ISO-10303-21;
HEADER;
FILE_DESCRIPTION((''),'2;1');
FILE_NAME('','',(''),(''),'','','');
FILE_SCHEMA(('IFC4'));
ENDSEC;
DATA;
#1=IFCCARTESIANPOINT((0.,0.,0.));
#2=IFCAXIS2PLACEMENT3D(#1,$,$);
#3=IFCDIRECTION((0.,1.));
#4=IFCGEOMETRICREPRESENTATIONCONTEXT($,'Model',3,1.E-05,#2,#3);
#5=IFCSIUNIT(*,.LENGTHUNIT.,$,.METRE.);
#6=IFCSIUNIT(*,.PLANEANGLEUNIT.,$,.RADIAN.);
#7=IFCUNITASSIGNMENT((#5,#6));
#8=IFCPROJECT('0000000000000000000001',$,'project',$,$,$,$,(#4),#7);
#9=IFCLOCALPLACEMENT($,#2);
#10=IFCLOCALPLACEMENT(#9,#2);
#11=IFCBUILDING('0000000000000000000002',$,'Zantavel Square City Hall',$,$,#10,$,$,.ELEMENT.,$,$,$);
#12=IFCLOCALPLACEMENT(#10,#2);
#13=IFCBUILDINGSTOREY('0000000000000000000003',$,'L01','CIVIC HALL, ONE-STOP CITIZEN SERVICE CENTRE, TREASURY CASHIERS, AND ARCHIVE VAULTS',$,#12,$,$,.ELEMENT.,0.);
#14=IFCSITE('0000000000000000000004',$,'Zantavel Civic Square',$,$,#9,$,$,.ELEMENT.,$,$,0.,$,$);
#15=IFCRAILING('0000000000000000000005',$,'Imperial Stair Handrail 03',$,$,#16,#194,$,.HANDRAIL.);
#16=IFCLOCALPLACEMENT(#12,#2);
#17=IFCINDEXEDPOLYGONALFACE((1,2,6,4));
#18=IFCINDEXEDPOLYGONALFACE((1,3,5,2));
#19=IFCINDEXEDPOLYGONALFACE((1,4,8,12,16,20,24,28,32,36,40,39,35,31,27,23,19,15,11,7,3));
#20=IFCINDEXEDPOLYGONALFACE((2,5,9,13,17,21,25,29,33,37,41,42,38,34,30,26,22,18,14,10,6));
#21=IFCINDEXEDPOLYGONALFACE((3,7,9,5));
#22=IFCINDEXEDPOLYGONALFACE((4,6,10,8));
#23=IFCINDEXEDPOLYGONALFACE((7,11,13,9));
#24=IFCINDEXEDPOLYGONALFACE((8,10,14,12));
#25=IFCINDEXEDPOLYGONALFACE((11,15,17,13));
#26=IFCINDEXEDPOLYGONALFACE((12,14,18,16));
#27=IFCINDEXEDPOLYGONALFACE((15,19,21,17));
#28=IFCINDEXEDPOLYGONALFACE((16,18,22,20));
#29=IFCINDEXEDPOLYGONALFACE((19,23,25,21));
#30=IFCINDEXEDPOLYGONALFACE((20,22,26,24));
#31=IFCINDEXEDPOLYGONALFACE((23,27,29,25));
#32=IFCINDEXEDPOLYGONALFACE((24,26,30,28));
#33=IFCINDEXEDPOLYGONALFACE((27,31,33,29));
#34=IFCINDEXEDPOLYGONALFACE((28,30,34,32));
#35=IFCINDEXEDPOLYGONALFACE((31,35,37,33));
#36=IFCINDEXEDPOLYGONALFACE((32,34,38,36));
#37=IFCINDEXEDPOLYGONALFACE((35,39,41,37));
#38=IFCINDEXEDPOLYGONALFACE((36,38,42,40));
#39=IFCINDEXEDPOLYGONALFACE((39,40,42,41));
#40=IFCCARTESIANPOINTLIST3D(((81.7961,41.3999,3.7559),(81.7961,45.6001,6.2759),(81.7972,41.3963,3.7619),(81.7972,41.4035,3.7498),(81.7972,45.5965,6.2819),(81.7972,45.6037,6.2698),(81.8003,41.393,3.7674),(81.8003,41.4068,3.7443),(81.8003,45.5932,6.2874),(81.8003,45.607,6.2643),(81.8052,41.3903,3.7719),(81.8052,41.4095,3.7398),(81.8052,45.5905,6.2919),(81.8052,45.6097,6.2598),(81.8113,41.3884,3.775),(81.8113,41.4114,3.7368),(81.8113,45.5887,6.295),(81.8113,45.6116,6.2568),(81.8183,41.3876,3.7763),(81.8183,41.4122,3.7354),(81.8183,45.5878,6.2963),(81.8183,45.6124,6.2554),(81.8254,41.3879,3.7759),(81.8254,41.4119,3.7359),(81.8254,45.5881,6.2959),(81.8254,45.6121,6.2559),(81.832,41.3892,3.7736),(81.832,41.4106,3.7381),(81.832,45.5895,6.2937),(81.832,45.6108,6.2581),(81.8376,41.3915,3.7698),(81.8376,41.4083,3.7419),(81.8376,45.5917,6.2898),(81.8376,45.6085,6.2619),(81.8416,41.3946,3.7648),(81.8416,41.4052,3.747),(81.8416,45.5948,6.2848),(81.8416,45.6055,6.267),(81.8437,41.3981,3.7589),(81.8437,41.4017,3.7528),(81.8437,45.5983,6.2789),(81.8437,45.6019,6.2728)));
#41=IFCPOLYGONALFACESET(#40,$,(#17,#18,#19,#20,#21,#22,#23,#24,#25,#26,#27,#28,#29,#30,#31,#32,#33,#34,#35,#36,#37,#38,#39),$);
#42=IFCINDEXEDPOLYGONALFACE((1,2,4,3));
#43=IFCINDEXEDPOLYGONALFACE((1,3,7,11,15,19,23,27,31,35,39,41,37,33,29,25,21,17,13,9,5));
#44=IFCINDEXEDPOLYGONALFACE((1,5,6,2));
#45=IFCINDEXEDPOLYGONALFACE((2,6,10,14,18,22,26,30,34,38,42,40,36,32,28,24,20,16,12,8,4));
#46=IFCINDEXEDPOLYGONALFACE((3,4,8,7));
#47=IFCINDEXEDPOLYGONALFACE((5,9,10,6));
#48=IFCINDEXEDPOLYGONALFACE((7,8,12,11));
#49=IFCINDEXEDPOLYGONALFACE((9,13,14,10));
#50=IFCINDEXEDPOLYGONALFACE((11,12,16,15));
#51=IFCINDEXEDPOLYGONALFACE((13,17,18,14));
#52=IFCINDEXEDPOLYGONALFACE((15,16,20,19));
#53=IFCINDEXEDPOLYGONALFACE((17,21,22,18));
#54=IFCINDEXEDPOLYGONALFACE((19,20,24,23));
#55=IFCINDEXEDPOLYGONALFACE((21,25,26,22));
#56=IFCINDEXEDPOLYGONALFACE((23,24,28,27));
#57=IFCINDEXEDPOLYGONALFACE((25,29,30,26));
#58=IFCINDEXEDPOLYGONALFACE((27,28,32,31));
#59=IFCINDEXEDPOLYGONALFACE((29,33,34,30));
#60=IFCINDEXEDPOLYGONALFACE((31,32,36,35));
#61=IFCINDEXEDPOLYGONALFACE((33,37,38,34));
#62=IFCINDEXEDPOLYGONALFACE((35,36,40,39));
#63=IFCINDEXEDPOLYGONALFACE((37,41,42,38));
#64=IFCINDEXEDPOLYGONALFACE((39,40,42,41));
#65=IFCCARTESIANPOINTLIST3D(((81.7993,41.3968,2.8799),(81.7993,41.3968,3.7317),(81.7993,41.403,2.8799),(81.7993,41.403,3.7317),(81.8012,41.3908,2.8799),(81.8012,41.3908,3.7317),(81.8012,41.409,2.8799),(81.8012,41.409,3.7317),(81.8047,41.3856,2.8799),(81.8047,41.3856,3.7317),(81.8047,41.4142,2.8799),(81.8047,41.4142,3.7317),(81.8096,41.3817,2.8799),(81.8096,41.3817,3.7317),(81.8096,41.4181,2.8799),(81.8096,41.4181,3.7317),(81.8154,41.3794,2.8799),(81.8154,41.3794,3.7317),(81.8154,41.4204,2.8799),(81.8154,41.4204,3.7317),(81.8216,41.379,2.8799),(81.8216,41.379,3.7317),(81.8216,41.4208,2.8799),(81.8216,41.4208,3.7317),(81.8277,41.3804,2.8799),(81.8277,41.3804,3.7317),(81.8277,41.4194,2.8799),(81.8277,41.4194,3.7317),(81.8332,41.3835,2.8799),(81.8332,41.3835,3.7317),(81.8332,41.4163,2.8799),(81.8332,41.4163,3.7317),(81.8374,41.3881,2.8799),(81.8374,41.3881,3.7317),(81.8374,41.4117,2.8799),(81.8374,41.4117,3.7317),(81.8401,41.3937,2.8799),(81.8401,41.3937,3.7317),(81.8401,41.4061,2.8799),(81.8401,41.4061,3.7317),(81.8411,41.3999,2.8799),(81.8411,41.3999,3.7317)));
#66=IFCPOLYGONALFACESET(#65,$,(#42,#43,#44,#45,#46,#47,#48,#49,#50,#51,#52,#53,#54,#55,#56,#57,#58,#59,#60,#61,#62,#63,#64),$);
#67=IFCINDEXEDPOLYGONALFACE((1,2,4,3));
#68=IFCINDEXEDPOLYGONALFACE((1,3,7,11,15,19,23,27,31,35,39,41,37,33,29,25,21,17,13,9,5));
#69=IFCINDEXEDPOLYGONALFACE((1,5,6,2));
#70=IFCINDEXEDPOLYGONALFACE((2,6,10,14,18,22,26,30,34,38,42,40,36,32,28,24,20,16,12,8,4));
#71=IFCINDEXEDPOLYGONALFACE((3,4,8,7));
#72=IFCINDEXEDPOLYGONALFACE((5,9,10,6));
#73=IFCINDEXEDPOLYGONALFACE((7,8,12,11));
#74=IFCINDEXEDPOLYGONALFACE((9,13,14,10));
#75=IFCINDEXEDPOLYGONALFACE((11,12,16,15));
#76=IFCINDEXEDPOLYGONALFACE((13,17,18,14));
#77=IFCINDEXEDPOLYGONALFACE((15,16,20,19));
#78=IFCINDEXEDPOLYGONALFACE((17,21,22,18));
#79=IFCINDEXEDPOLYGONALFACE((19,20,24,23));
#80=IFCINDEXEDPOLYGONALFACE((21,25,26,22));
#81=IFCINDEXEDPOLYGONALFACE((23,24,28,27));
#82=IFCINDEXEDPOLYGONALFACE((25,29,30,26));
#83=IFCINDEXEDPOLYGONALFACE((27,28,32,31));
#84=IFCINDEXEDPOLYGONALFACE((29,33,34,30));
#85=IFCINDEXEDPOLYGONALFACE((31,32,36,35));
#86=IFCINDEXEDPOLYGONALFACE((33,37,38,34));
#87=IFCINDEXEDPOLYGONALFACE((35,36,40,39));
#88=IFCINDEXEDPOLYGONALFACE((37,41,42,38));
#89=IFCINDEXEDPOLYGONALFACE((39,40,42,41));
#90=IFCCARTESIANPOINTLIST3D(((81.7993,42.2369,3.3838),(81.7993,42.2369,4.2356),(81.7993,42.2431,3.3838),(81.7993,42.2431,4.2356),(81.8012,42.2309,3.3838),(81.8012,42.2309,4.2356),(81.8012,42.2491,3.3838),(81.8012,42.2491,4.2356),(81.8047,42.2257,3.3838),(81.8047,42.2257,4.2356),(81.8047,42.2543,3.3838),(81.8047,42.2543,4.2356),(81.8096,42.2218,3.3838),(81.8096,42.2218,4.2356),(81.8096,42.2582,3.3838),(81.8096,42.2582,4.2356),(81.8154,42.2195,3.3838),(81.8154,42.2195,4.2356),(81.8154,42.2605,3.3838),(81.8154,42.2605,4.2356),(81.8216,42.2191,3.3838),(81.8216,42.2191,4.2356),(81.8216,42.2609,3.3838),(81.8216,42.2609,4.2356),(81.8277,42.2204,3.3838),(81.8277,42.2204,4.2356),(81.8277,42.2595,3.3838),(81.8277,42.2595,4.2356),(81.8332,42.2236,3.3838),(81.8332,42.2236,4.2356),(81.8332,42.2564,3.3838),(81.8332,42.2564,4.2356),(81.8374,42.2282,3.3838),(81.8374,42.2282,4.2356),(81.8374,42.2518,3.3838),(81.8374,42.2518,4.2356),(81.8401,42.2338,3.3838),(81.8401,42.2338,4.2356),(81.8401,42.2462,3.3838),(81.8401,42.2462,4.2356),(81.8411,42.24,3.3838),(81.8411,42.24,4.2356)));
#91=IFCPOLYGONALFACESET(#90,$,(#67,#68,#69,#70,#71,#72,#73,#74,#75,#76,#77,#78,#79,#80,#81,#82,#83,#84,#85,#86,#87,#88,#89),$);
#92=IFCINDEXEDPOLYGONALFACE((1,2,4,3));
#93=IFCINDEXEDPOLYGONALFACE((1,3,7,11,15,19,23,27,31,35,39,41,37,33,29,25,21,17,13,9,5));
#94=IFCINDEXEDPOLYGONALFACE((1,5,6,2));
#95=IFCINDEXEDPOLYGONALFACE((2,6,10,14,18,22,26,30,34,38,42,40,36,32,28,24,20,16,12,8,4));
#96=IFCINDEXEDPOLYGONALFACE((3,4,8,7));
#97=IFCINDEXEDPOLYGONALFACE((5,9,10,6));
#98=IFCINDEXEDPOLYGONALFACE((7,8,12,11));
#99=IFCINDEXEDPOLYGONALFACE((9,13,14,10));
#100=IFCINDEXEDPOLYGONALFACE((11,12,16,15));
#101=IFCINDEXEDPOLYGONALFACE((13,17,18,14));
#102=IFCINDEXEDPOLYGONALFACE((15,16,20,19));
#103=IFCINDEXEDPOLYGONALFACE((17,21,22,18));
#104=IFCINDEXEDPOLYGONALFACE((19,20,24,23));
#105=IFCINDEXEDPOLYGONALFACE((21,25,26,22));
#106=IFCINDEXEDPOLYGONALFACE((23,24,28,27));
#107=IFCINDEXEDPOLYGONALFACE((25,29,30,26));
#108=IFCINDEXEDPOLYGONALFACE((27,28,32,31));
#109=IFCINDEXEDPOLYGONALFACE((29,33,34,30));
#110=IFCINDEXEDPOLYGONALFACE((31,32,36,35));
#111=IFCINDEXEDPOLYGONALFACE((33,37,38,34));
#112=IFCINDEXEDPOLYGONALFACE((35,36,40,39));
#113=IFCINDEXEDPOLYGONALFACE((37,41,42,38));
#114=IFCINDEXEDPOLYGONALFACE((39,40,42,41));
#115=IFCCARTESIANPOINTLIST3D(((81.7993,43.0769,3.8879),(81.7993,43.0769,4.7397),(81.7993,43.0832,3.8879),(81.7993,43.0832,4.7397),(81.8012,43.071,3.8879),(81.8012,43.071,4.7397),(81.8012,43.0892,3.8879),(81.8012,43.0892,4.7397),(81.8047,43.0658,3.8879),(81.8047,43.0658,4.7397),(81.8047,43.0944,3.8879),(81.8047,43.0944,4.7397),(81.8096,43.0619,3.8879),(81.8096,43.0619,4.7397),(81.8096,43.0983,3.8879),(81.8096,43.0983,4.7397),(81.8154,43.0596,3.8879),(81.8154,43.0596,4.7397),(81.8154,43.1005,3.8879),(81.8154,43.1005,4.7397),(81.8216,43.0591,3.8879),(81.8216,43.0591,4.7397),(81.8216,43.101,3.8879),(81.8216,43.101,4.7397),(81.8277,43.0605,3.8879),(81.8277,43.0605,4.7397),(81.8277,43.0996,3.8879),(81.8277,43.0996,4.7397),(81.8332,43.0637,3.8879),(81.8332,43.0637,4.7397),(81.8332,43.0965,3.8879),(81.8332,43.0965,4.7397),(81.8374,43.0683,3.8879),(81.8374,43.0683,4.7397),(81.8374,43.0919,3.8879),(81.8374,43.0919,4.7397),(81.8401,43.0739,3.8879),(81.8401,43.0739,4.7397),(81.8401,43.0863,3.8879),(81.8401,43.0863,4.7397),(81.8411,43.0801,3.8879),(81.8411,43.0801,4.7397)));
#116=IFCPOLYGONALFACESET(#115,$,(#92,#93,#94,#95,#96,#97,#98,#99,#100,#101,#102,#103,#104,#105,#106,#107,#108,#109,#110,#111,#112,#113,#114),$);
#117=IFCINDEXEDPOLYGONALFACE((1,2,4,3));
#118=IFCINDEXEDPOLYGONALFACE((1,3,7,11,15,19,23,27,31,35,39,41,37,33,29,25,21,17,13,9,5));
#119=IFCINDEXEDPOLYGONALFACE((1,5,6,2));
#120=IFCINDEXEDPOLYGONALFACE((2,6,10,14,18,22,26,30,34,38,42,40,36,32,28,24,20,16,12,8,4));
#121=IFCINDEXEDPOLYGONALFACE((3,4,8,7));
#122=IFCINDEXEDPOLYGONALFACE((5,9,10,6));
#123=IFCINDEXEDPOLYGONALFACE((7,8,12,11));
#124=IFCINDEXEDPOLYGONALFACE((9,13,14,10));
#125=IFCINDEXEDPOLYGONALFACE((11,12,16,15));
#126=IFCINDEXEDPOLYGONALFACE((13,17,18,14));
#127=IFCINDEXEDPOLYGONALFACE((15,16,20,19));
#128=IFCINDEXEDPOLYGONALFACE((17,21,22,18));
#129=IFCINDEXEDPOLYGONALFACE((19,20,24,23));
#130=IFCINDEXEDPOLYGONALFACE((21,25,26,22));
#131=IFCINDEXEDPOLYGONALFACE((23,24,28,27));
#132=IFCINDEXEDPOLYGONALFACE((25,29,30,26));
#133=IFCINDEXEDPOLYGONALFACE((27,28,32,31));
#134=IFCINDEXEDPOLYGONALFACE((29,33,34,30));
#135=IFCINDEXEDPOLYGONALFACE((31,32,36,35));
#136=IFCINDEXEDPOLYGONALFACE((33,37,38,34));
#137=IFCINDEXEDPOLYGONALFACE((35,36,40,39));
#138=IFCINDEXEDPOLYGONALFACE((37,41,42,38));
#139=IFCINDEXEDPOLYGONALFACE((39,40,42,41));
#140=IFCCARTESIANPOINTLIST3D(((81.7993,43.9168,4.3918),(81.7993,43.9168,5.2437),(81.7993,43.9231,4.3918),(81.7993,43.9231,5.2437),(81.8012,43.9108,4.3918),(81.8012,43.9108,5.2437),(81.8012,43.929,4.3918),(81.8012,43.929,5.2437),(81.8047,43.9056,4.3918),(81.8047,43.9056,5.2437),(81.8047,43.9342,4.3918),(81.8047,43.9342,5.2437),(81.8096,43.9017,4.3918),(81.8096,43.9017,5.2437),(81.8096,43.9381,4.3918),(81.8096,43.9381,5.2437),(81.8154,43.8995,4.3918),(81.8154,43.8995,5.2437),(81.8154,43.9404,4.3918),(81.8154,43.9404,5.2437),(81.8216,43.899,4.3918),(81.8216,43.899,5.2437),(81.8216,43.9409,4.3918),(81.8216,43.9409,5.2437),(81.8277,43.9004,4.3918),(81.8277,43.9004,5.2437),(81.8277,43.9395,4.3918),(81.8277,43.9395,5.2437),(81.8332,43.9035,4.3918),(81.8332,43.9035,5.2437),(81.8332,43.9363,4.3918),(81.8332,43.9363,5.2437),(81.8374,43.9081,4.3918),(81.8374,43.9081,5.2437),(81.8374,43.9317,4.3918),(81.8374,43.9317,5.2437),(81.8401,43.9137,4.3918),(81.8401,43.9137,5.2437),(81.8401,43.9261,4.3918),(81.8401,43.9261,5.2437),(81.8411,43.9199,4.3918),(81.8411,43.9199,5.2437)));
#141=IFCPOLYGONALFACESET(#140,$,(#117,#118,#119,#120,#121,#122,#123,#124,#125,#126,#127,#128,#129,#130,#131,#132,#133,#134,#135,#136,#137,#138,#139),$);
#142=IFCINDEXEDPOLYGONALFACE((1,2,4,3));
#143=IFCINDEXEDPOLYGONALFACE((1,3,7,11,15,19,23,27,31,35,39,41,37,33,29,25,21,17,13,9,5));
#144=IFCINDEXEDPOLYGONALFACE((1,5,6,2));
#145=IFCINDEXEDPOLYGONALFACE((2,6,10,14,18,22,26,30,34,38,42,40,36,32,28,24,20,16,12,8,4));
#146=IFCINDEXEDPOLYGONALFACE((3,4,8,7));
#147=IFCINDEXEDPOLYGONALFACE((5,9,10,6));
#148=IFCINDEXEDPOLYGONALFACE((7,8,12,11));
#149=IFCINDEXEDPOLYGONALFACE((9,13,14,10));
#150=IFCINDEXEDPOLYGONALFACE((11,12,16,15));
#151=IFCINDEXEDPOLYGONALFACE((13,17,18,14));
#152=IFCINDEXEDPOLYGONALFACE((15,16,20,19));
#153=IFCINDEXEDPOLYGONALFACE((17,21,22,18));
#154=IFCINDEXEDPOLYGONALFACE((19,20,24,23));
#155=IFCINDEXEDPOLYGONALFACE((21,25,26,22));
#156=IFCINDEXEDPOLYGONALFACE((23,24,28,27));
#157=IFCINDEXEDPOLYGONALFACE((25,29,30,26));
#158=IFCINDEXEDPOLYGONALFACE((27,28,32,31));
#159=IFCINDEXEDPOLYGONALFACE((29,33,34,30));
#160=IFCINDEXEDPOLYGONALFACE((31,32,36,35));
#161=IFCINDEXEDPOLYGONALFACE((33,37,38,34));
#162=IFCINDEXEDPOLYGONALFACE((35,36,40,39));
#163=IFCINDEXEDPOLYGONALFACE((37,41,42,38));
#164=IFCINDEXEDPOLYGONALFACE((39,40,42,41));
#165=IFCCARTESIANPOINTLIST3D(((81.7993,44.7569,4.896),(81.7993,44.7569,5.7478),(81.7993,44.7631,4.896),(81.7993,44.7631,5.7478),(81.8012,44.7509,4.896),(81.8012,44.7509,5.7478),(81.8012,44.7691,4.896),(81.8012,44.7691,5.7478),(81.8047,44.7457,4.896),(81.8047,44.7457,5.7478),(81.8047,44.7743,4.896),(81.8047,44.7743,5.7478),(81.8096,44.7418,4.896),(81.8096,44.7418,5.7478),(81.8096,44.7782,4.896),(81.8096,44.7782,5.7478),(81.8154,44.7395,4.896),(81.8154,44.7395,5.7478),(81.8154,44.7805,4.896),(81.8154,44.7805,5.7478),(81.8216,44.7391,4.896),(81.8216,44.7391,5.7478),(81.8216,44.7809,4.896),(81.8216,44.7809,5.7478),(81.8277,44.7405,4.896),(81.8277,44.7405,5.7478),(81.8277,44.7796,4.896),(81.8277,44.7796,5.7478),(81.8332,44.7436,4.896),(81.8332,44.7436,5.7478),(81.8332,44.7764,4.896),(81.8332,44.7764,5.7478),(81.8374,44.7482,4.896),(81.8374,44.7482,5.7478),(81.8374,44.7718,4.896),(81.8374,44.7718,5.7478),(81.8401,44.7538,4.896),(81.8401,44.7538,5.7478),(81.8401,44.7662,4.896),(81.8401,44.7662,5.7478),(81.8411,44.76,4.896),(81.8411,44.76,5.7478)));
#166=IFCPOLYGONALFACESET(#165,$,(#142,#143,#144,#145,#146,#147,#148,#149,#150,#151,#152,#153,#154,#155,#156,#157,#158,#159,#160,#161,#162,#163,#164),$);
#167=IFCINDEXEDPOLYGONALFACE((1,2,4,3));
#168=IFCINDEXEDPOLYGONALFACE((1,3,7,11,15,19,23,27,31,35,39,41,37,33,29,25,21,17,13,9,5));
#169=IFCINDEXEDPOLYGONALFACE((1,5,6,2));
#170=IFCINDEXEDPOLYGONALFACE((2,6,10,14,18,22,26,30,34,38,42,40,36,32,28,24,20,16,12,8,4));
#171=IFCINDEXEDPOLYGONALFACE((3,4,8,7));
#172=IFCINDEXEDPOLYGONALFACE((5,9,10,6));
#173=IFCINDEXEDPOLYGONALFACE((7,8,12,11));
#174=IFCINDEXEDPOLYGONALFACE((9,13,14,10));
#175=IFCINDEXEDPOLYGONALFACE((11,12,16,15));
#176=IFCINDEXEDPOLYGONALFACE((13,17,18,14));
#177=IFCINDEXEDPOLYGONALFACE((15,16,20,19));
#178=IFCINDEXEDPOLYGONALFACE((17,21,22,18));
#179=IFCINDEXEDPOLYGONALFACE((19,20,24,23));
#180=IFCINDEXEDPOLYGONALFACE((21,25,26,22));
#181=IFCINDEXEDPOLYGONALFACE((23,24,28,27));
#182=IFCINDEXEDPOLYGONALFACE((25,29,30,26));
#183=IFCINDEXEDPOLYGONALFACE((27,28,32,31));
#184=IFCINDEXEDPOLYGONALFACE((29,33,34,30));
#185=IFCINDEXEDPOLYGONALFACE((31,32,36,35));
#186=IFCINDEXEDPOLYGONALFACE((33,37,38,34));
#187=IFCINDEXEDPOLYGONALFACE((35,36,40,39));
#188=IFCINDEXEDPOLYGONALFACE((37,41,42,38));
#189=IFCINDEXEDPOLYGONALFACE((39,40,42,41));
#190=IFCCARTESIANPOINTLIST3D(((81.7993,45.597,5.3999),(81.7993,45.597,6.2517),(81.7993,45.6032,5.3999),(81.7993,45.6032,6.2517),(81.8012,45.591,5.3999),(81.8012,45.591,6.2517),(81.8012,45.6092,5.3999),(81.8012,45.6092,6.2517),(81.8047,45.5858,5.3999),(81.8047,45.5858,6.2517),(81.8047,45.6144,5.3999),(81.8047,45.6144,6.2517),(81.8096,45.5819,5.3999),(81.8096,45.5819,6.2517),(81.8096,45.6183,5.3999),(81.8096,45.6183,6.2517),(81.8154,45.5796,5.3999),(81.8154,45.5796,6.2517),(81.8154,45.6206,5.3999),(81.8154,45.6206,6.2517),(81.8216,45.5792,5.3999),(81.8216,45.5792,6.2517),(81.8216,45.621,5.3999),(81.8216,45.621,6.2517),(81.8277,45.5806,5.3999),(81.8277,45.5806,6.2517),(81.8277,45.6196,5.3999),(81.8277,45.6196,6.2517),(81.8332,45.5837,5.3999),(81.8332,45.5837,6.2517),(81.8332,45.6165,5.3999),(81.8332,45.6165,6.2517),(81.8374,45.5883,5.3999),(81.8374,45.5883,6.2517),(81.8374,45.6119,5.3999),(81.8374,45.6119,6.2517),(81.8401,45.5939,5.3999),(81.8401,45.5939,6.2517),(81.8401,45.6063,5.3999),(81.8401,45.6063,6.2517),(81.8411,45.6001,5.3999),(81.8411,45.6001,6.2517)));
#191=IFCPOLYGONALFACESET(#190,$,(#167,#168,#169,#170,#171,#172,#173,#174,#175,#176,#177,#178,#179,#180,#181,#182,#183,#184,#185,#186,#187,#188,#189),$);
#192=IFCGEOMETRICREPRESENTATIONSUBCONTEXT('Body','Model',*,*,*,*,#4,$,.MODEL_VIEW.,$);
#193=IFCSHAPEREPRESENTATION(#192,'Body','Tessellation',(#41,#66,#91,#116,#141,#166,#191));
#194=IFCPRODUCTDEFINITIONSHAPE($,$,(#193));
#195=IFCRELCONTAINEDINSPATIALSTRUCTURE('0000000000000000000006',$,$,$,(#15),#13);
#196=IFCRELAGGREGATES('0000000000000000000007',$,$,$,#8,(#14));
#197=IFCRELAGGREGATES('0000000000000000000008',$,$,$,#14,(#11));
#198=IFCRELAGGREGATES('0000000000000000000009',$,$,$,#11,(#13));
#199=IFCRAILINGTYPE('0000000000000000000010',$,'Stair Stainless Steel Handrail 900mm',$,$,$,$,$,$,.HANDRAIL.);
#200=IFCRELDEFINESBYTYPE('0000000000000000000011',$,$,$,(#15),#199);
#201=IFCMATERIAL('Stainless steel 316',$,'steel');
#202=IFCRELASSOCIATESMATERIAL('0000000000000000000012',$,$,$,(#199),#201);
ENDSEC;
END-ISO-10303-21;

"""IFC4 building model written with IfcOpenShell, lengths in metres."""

from ifc_helpers import new_model, si_unit, direction, frame, origin, origin_2d, place, context, subcontext, project, spatial, circle, extrude, material, type_object, element, save


model = new_model("IFC4")

# Units and contexts
model_context = context("Model", 3, precision=1e-05, world=origin(), true_north=direction((0.0, 1.0)))
body_context = subcontext(model_context, "Body", "Model", "MODEL_VIEW")
ifc_project = project(units=[si_unit("LENGTHUNIT", "METRE"), si_unit("PLANEANGLEUNIT", "RADIAN")], contexts=[model_context])

# Site, building, storey
site_placement = place(None, origin())
site = spatial("IfcSite", under=ifc_project, at=site_placement, Name="Zantavel Civic Square", CompositionType="ELEMENT", RefElevation=0.0)
building_placement = place(site_placement, origin())
building = spatial("IfcBuilding", under=site, at=building_placement, Name="Zantavel Square City Hall", CompositionType="ELEMENT")
storey_placement = place(building_placement, origin())
storey = spatial("IfcBuildingStorey", under=building, at=storey_placement, Name="L01", Description="CIVIC HALL, ONE-STOP CITIZEN SERVICE CENTRE, TREASURY CASHIERS, AND ARCHIVE VAULTS", CompositionType="ELEMENT", Elevation=0.0)

# Railing
ifc_material_1 = material(Name="Stainless steel 316", Category="steel")
railing_type_1 = type_object("IfcRailingType", Name="Stair Stainless Steel Handrail 900mm", PredefinedType="HANDRAIL", material=ifc_material_1)
for number, where, name in (
    (1, (81.8201, 41.3999, 2.8799), "Imperial Stair Handrail 03"),
):
    element("IfcRailing", number, at=place(storey_placement, frame(where)), inside=storey, type_object=railing_type_1, Name=name, PredefinedType="HANDRAIL", context=body_context, shape_type="SweptSolid", body=[
        extrude(circle(Radius=0.0239, at=origin_2d()), frame((0.0, 0.0, 0.876), z_axis=(0.0, 0.857502, 0.514481), x_axis=(-1.0, 0.0, 0.0)), (0.0, 0.0, 1.0), 4.8982),
        extrude(circle(Radius=0.021, at=origin_2d()), origin(), (0.0, 0.0, 1.0), 0.8518),
        extrude(circle(Radius=0.021, at=origin_2d()), frame((0.0, 0.8401, 0.5039)), (0.0, 0.0, 1.0), 0.8518),
        extrude(circle(Radius=0.021, at=origin_2d()), frame((0.0, 1.6802, 1.0081)), (0.0, 0.0, 1.0), 0.8518),
        extrude(circle(Radius=0.021, at=origin_2d()), frame((0.0, 2.52, 1.512)), (0.0, 0.0, 1.0), 0.8518),
        extrude(circle(Radius=0.021, at=origin_2d()), frame((0.0, 3.3601, 2.0161)), (0.0, 0.0, 1.0), 0.8518),
        extrude(circle(Radius=0.021, at=origin_2d()), frame((0.0, 4.2002, 2.52)), (0.0, 0.0, 1.0), 0.8518),
    ])

save(model, "model.ifc")
